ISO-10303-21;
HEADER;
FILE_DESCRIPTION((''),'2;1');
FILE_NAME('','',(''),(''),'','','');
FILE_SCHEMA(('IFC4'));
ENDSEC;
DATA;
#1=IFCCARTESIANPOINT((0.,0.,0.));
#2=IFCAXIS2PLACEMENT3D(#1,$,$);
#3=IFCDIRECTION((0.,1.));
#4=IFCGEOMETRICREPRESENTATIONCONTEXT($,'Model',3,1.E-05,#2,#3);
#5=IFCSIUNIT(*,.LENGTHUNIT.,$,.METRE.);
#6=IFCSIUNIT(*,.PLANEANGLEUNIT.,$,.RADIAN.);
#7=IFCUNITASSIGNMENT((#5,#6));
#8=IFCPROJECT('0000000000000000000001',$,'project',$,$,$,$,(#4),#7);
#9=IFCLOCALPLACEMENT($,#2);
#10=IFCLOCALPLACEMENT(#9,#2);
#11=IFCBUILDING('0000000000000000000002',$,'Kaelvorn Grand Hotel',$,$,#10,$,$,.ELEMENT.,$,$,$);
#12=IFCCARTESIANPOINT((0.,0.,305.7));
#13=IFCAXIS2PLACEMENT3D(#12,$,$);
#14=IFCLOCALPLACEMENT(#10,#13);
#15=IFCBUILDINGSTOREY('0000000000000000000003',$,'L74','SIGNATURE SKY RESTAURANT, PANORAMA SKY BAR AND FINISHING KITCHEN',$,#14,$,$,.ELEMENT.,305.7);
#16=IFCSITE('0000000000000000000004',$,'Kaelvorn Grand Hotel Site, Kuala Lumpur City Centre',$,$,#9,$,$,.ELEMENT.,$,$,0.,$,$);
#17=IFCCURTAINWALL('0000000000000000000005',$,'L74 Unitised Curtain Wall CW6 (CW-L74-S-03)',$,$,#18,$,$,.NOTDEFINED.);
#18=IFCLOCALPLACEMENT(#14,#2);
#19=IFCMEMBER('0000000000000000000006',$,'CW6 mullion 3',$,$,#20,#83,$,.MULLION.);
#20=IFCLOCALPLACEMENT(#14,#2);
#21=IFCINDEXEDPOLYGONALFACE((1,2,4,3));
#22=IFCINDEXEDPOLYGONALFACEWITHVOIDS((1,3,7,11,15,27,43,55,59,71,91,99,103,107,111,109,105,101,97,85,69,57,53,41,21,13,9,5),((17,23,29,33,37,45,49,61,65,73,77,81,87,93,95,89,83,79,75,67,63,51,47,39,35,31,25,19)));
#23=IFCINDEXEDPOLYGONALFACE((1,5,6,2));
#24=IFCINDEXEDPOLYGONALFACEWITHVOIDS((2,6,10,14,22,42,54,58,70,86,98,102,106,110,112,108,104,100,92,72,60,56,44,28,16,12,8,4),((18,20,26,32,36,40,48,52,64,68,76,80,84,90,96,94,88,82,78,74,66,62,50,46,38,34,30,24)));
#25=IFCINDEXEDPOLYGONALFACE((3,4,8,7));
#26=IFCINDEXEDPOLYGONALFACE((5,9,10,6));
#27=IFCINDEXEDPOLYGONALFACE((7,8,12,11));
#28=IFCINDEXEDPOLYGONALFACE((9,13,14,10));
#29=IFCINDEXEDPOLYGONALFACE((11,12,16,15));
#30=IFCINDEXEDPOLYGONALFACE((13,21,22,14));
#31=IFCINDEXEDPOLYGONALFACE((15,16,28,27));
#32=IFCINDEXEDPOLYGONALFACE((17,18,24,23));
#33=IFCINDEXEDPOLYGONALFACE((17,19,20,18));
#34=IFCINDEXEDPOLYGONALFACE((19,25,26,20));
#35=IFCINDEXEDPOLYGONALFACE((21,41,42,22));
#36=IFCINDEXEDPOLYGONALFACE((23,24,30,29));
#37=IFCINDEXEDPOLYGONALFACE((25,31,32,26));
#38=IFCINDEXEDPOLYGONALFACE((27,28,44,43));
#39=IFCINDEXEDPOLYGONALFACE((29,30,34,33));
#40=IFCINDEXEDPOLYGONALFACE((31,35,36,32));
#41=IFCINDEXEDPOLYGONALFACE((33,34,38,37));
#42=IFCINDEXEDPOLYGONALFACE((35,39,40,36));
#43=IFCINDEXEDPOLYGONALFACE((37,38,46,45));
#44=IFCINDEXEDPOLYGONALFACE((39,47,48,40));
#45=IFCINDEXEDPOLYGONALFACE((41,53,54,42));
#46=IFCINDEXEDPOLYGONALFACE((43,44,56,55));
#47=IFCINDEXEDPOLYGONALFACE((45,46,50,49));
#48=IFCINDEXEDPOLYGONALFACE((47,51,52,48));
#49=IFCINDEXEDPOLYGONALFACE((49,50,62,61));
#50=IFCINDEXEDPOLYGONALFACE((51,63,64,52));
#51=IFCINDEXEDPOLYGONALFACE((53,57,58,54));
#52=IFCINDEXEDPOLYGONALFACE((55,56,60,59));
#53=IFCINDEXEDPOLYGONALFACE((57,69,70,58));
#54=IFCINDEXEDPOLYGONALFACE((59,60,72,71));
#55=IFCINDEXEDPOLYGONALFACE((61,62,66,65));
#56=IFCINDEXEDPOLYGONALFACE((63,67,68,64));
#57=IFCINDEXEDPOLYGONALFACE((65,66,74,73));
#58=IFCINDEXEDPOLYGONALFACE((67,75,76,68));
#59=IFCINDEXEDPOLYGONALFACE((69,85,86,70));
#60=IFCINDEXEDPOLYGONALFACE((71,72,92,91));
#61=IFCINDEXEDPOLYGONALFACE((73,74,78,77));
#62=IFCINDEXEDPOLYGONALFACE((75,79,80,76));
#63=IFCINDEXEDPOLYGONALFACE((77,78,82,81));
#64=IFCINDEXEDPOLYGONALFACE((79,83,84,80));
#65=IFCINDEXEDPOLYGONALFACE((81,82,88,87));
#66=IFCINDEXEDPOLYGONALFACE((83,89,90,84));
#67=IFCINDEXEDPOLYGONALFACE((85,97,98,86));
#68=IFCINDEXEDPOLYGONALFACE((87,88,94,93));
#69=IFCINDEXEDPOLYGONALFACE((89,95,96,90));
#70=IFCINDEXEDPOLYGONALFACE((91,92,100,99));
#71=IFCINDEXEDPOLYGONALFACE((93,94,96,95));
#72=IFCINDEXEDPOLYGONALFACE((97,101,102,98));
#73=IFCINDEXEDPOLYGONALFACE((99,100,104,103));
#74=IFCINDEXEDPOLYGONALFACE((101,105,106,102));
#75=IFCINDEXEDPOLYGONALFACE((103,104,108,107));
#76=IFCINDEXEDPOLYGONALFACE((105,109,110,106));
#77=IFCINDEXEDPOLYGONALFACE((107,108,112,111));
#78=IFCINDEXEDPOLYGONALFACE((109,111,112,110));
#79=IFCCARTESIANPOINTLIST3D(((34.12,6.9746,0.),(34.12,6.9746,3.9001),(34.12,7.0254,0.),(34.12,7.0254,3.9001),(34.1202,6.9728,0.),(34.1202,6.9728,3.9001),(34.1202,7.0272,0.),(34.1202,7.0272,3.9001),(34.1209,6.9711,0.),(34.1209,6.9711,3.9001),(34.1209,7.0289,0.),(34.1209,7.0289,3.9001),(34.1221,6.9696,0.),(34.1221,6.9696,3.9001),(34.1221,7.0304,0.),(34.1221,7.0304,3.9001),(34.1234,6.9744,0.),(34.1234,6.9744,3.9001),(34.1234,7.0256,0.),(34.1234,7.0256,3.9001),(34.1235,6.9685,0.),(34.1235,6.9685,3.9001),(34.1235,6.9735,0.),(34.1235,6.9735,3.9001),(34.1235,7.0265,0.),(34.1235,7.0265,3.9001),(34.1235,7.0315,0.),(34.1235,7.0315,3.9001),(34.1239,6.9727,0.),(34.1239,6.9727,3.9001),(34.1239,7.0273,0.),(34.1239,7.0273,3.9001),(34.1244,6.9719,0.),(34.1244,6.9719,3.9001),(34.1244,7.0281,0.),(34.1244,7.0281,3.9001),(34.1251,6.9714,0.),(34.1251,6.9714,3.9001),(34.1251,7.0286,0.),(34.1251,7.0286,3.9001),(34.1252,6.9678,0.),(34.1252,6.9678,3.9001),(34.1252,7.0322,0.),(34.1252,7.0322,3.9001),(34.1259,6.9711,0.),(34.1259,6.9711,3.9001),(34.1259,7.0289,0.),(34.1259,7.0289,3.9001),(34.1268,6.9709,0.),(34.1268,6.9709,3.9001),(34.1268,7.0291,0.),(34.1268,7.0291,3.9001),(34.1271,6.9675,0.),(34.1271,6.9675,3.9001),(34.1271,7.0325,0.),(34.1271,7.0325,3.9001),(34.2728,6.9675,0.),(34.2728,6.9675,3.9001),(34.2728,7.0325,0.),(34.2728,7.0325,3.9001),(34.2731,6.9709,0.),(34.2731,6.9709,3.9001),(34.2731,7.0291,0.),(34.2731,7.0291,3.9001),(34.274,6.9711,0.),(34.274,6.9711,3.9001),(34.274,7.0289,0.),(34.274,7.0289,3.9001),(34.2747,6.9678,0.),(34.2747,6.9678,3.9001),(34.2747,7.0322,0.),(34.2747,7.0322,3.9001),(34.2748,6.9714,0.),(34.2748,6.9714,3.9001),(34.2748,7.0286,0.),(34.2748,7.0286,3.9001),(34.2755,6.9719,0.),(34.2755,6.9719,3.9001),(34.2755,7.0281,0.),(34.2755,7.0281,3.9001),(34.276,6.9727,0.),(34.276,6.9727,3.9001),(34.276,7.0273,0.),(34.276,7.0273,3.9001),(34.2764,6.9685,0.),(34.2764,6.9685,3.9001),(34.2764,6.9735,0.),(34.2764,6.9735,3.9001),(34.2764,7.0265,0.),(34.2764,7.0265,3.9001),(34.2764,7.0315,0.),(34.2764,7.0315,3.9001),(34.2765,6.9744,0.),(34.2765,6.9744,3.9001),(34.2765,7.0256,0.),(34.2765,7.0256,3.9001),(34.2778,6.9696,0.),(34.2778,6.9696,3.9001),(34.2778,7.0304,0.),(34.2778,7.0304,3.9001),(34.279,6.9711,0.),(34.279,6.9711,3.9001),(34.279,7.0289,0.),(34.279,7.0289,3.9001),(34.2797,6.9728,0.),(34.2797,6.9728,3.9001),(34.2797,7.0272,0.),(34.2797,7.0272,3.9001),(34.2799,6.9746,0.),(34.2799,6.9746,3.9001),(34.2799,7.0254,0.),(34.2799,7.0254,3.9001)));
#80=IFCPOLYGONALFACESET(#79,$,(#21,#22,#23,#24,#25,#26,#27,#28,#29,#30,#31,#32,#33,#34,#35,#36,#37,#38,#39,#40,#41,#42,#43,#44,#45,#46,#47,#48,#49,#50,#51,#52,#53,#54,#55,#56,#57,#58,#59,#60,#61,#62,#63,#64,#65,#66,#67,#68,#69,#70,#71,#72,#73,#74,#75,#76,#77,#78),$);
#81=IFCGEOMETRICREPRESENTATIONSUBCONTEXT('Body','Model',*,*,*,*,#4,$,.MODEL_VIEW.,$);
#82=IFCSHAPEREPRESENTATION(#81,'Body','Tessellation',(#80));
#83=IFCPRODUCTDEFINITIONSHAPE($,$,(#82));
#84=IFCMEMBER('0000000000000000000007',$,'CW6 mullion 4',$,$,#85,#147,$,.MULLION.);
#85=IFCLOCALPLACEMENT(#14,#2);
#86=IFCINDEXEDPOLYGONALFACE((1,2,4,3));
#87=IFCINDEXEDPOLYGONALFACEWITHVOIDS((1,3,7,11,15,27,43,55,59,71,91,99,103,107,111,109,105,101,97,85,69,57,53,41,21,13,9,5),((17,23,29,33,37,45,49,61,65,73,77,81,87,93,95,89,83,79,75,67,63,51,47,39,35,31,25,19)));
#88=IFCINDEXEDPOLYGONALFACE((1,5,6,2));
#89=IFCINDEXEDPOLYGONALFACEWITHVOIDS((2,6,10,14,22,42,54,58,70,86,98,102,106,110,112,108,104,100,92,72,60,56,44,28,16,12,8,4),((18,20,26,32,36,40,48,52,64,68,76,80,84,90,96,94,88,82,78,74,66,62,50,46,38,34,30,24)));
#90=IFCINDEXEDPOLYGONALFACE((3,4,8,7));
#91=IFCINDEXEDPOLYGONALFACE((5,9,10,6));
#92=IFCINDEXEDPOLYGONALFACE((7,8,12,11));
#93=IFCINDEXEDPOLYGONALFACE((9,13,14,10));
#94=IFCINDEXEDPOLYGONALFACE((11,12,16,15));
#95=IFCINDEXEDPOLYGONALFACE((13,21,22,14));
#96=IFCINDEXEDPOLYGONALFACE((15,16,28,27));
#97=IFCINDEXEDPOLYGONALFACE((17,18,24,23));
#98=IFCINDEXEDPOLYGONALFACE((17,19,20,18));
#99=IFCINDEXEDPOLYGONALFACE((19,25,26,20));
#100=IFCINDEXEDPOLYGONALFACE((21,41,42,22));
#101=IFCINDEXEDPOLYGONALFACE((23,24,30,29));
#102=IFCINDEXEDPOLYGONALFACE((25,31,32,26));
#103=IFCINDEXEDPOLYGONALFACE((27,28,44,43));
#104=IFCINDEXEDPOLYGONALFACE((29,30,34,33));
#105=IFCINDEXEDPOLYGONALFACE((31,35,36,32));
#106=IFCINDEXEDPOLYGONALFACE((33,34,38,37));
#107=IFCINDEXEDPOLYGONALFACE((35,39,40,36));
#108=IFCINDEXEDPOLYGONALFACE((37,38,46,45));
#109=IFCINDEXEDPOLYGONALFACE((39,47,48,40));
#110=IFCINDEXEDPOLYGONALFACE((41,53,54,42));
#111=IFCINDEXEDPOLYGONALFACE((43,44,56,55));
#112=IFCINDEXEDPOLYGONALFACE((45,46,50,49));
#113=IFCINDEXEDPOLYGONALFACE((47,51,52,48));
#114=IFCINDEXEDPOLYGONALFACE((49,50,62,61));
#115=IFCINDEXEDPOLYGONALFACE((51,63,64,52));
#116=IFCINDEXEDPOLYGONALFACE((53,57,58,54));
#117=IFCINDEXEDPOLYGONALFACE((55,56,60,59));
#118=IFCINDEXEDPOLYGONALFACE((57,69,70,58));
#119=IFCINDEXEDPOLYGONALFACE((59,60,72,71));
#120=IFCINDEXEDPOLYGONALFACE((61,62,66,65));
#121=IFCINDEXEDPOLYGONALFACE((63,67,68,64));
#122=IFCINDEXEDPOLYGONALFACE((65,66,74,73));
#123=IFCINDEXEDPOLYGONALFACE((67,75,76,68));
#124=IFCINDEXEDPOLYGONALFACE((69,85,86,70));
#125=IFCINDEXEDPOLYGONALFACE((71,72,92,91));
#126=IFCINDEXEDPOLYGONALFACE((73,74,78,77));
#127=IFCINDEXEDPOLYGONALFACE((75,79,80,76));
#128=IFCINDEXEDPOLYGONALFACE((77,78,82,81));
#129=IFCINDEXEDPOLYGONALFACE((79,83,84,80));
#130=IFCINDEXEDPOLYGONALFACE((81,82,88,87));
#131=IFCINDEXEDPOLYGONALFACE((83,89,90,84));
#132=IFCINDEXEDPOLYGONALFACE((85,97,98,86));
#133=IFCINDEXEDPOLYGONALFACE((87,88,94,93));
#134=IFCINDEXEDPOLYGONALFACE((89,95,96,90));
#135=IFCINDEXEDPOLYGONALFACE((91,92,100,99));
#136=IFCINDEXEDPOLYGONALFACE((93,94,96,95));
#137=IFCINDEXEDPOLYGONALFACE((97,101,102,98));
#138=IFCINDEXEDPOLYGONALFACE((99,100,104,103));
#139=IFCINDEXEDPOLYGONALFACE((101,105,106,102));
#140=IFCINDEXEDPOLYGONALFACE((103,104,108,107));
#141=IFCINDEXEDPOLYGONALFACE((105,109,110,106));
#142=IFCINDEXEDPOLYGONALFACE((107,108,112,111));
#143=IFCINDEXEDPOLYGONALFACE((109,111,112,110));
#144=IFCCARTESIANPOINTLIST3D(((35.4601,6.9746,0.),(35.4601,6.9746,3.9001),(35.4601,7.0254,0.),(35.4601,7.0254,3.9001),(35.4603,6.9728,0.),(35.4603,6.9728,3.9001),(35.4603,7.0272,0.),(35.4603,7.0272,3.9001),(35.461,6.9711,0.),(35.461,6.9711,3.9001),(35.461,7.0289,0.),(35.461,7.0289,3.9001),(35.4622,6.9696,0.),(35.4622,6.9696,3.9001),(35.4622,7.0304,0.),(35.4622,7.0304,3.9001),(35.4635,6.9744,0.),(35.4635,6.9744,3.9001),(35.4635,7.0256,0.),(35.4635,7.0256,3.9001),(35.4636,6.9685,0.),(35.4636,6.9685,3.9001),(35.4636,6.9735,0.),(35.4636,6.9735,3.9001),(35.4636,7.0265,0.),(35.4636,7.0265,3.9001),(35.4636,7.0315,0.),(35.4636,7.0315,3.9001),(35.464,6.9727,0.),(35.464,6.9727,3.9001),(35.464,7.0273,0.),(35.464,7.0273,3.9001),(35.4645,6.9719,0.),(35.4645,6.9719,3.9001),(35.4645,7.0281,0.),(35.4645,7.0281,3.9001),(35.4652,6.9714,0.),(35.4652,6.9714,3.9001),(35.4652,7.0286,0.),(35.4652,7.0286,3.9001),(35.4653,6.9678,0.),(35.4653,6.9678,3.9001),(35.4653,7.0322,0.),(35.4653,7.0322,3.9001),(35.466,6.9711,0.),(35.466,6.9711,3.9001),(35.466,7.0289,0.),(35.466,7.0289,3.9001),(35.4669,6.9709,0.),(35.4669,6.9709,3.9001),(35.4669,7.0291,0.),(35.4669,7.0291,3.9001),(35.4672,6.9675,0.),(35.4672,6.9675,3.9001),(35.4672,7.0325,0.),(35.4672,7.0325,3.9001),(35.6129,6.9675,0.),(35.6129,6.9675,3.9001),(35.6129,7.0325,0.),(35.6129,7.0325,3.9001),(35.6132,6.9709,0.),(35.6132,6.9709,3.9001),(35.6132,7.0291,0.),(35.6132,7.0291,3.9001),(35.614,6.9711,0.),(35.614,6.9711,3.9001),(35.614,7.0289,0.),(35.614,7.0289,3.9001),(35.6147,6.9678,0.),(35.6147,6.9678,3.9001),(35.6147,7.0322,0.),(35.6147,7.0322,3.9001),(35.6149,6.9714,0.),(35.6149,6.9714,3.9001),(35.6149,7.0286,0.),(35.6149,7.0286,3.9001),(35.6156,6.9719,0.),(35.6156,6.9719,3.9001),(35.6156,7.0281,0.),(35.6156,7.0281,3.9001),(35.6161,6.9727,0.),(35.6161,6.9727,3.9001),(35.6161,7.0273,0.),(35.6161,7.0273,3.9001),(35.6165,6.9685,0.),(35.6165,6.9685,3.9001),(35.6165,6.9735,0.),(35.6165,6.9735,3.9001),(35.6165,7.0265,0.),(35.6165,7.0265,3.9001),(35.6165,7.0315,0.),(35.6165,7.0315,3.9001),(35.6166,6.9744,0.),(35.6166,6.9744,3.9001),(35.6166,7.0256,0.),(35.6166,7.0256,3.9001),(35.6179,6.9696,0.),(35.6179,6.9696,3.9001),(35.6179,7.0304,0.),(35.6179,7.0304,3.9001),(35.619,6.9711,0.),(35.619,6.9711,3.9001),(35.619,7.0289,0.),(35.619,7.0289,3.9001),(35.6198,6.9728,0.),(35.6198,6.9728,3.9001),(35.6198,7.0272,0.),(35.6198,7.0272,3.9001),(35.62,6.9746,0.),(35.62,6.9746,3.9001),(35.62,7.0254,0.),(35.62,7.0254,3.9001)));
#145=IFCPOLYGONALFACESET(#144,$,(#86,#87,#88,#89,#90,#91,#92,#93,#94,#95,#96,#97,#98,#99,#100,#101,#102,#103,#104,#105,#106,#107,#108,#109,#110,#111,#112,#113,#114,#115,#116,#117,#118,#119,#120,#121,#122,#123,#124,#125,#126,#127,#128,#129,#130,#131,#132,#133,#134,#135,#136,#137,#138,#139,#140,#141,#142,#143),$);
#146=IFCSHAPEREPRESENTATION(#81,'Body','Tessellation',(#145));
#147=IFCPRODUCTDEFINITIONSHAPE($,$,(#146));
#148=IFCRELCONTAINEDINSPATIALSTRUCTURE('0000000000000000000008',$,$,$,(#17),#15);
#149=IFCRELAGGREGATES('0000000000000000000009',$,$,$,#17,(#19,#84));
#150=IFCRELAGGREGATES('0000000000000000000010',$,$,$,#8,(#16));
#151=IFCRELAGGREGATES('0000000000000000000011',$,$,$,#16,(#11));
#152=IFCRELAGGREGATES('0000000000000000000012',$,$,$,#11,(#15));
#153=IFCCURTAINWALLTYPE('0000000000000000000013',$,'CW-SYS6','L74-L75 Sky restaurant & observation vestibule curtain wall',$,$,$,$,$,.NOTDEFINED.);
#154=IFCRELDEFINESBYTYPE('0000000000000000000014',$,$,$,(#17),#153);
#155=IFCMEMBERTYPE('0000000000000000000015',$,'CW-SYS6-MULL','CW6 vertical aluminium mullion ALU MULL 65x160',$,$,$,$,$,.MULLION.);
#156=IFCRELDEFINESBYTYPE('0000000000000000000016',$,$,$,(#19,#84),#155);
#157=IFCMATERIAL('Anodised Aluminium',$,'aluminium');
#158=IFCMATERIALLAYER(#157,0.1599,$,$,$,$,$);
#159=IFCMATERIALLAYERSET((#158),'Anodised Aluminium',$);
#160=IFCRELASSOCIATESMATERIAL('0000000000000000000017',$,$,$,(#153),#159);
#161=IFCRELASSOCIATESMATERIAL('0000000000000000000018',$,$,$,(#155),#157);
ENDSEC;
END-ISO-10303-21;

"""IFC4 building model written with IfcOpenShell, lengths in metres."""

from ifc_helpers import new_model, si_unit, direction, frame, origin, origin_2d, place, context, subcontext, project, spatial, hollow_rectangle, extrude, material, layer, layer_set, material_profile, profile_set, type_object, element, aggregate, save


model = new_model("IFC4")

# Units and contexts
model_context = context("Model", 3, precision=1e-05, world=origin(), true_north=direction((0.0, 1.0)))
body_context = subcontext(model_context, "Body", "Model", "MODEL_VIEW")
ifc_project = project(units=[si_unit("LENGTHUNIT", "METRE"), si_unit("PLANEANGLEUNIT", "RADIAN")], contexts=[model_context])

# Site, building, storey
site_placement = place(None, origin())
site = spatial("IfcSite", under=ifc_project, at=site_placement, Name="Kaelvorn Grand Hotel Site, Kuala Lumpur City Centre", CompositionType="ELEMENT", RefElevation=0.0)
building_placement = place(site_placement, origin())
building = spatial("IfcBuilding", under=site, at=building_placement, Name="Kaelvorn Grand Hotel", CompositionType="ELEMENT")
storey_placement = place(building_placement, frame((0.0, 0.0, 305.7)))
storey = spatial("IfcBuildingStorey", under=building, at=storey_placement, Name="L74", Description="SIGNATURE SKY RESTAURANT, PANORAMA SKY BAR AND FINISHING KITCHEN", CompositionType="ELEMENT", Elevation=305.7)

# Curtain wall, members
ifc_material_1 = material(Name="Anodised Aluminium", Category="aluminium")
ifc_layer_1 = layer(ifc_material_1, 0.1599)
ifc_layer_set_1 = layer_set([ifc_layer_1], Name="Anodised Aluminium")
curtain_wall_type = type_object("IfcCurtainWallType", Name="CW-SYS6", Description="L74-L75 Sky restaurant & observation vestibule curtain wall", PredefinedType="NOTDEFINED", material=ifc_layer_set_1)
curtain_wall_placement = place(storey_placement, origin())
curtain_wall = element("IfcCurtainWall", 1, at=curtain_wall_placement, inside=storey, type_object=curtain_wall_type, Name="L74 Unitised Curtain Wall CW6 (CW-L74-S-03)", PredefinedType="NOTDEFINED")
ifc_material_profile_1 = material_profile(ifc_material_1, hollow_rectangle(XDim=0.0649, YDim=0.1599, WallThickness=0.0034, InnerFilletRadius=0.0034, OuterFilletRadius=0.0071, at=origin_2d()), Name="ALU MULL 65x160")
ifc_profile_set_1 = profile_set([ifc_material_profile_1], Name="Anodised Aluminium")
member_type_1 = type_object("IfcMemberType", Name="CW-SYS6-MULL", Description="CW6 vertical aluminium mullion ALU MULL 65x160", PredefinedType="MULLION", material=ifc_profile_set_1)
member_1_placement = place(storey_placement, frame((34.2, 7.0, 0.0), z_axis=(0.0, 0.0, 1.0), x_axis=(0.0, 1.0, 0.0)))
member_1 = element("IfcMember", 2, at=member_1_placement, type_object=member_type_1, Name="CW6 mullion 3", PredefinedType="MULLION", context=body_context, shape_type="SweptSolid", body=[
    extrude(hollow_rectangle(XDim=0.0649, YDim=0.1599, WallThickness=0.0034, InnerFilletRadius=0.0034, OuterFilletRadius=0.0071, at=origin_2d()), origin(), (0.0, 0.0, 1.0), 3.9001),
])
member_2_placement = place(storey_placement, frame((35.54, 7.0, 0.0), z_axis=(0.0, 0.0, 1.0), x_axis=(0.0, 1.0, 0.0)))
member_2 = element("IfcMember", 3, at=member_2_placement, type_object=member_type_1, Name="CW6 mullion 4", PredefinedType="MULLION", context=body_context, shape_type="SweptSolid", body=[
    extrude(hollow_rectangle(XDim=0.0649, YDim=0.1599, WallThickness=0.0034, InnerFilletRadius=0.0034, OuterFilletRadius=0.0071, at=origin_2d()), origin(), (0.0, 0.0, 1.0), 3.9001),
])
aggregate(curtain_wall, [member_1, member_2])

save(model, "model.ifc")
